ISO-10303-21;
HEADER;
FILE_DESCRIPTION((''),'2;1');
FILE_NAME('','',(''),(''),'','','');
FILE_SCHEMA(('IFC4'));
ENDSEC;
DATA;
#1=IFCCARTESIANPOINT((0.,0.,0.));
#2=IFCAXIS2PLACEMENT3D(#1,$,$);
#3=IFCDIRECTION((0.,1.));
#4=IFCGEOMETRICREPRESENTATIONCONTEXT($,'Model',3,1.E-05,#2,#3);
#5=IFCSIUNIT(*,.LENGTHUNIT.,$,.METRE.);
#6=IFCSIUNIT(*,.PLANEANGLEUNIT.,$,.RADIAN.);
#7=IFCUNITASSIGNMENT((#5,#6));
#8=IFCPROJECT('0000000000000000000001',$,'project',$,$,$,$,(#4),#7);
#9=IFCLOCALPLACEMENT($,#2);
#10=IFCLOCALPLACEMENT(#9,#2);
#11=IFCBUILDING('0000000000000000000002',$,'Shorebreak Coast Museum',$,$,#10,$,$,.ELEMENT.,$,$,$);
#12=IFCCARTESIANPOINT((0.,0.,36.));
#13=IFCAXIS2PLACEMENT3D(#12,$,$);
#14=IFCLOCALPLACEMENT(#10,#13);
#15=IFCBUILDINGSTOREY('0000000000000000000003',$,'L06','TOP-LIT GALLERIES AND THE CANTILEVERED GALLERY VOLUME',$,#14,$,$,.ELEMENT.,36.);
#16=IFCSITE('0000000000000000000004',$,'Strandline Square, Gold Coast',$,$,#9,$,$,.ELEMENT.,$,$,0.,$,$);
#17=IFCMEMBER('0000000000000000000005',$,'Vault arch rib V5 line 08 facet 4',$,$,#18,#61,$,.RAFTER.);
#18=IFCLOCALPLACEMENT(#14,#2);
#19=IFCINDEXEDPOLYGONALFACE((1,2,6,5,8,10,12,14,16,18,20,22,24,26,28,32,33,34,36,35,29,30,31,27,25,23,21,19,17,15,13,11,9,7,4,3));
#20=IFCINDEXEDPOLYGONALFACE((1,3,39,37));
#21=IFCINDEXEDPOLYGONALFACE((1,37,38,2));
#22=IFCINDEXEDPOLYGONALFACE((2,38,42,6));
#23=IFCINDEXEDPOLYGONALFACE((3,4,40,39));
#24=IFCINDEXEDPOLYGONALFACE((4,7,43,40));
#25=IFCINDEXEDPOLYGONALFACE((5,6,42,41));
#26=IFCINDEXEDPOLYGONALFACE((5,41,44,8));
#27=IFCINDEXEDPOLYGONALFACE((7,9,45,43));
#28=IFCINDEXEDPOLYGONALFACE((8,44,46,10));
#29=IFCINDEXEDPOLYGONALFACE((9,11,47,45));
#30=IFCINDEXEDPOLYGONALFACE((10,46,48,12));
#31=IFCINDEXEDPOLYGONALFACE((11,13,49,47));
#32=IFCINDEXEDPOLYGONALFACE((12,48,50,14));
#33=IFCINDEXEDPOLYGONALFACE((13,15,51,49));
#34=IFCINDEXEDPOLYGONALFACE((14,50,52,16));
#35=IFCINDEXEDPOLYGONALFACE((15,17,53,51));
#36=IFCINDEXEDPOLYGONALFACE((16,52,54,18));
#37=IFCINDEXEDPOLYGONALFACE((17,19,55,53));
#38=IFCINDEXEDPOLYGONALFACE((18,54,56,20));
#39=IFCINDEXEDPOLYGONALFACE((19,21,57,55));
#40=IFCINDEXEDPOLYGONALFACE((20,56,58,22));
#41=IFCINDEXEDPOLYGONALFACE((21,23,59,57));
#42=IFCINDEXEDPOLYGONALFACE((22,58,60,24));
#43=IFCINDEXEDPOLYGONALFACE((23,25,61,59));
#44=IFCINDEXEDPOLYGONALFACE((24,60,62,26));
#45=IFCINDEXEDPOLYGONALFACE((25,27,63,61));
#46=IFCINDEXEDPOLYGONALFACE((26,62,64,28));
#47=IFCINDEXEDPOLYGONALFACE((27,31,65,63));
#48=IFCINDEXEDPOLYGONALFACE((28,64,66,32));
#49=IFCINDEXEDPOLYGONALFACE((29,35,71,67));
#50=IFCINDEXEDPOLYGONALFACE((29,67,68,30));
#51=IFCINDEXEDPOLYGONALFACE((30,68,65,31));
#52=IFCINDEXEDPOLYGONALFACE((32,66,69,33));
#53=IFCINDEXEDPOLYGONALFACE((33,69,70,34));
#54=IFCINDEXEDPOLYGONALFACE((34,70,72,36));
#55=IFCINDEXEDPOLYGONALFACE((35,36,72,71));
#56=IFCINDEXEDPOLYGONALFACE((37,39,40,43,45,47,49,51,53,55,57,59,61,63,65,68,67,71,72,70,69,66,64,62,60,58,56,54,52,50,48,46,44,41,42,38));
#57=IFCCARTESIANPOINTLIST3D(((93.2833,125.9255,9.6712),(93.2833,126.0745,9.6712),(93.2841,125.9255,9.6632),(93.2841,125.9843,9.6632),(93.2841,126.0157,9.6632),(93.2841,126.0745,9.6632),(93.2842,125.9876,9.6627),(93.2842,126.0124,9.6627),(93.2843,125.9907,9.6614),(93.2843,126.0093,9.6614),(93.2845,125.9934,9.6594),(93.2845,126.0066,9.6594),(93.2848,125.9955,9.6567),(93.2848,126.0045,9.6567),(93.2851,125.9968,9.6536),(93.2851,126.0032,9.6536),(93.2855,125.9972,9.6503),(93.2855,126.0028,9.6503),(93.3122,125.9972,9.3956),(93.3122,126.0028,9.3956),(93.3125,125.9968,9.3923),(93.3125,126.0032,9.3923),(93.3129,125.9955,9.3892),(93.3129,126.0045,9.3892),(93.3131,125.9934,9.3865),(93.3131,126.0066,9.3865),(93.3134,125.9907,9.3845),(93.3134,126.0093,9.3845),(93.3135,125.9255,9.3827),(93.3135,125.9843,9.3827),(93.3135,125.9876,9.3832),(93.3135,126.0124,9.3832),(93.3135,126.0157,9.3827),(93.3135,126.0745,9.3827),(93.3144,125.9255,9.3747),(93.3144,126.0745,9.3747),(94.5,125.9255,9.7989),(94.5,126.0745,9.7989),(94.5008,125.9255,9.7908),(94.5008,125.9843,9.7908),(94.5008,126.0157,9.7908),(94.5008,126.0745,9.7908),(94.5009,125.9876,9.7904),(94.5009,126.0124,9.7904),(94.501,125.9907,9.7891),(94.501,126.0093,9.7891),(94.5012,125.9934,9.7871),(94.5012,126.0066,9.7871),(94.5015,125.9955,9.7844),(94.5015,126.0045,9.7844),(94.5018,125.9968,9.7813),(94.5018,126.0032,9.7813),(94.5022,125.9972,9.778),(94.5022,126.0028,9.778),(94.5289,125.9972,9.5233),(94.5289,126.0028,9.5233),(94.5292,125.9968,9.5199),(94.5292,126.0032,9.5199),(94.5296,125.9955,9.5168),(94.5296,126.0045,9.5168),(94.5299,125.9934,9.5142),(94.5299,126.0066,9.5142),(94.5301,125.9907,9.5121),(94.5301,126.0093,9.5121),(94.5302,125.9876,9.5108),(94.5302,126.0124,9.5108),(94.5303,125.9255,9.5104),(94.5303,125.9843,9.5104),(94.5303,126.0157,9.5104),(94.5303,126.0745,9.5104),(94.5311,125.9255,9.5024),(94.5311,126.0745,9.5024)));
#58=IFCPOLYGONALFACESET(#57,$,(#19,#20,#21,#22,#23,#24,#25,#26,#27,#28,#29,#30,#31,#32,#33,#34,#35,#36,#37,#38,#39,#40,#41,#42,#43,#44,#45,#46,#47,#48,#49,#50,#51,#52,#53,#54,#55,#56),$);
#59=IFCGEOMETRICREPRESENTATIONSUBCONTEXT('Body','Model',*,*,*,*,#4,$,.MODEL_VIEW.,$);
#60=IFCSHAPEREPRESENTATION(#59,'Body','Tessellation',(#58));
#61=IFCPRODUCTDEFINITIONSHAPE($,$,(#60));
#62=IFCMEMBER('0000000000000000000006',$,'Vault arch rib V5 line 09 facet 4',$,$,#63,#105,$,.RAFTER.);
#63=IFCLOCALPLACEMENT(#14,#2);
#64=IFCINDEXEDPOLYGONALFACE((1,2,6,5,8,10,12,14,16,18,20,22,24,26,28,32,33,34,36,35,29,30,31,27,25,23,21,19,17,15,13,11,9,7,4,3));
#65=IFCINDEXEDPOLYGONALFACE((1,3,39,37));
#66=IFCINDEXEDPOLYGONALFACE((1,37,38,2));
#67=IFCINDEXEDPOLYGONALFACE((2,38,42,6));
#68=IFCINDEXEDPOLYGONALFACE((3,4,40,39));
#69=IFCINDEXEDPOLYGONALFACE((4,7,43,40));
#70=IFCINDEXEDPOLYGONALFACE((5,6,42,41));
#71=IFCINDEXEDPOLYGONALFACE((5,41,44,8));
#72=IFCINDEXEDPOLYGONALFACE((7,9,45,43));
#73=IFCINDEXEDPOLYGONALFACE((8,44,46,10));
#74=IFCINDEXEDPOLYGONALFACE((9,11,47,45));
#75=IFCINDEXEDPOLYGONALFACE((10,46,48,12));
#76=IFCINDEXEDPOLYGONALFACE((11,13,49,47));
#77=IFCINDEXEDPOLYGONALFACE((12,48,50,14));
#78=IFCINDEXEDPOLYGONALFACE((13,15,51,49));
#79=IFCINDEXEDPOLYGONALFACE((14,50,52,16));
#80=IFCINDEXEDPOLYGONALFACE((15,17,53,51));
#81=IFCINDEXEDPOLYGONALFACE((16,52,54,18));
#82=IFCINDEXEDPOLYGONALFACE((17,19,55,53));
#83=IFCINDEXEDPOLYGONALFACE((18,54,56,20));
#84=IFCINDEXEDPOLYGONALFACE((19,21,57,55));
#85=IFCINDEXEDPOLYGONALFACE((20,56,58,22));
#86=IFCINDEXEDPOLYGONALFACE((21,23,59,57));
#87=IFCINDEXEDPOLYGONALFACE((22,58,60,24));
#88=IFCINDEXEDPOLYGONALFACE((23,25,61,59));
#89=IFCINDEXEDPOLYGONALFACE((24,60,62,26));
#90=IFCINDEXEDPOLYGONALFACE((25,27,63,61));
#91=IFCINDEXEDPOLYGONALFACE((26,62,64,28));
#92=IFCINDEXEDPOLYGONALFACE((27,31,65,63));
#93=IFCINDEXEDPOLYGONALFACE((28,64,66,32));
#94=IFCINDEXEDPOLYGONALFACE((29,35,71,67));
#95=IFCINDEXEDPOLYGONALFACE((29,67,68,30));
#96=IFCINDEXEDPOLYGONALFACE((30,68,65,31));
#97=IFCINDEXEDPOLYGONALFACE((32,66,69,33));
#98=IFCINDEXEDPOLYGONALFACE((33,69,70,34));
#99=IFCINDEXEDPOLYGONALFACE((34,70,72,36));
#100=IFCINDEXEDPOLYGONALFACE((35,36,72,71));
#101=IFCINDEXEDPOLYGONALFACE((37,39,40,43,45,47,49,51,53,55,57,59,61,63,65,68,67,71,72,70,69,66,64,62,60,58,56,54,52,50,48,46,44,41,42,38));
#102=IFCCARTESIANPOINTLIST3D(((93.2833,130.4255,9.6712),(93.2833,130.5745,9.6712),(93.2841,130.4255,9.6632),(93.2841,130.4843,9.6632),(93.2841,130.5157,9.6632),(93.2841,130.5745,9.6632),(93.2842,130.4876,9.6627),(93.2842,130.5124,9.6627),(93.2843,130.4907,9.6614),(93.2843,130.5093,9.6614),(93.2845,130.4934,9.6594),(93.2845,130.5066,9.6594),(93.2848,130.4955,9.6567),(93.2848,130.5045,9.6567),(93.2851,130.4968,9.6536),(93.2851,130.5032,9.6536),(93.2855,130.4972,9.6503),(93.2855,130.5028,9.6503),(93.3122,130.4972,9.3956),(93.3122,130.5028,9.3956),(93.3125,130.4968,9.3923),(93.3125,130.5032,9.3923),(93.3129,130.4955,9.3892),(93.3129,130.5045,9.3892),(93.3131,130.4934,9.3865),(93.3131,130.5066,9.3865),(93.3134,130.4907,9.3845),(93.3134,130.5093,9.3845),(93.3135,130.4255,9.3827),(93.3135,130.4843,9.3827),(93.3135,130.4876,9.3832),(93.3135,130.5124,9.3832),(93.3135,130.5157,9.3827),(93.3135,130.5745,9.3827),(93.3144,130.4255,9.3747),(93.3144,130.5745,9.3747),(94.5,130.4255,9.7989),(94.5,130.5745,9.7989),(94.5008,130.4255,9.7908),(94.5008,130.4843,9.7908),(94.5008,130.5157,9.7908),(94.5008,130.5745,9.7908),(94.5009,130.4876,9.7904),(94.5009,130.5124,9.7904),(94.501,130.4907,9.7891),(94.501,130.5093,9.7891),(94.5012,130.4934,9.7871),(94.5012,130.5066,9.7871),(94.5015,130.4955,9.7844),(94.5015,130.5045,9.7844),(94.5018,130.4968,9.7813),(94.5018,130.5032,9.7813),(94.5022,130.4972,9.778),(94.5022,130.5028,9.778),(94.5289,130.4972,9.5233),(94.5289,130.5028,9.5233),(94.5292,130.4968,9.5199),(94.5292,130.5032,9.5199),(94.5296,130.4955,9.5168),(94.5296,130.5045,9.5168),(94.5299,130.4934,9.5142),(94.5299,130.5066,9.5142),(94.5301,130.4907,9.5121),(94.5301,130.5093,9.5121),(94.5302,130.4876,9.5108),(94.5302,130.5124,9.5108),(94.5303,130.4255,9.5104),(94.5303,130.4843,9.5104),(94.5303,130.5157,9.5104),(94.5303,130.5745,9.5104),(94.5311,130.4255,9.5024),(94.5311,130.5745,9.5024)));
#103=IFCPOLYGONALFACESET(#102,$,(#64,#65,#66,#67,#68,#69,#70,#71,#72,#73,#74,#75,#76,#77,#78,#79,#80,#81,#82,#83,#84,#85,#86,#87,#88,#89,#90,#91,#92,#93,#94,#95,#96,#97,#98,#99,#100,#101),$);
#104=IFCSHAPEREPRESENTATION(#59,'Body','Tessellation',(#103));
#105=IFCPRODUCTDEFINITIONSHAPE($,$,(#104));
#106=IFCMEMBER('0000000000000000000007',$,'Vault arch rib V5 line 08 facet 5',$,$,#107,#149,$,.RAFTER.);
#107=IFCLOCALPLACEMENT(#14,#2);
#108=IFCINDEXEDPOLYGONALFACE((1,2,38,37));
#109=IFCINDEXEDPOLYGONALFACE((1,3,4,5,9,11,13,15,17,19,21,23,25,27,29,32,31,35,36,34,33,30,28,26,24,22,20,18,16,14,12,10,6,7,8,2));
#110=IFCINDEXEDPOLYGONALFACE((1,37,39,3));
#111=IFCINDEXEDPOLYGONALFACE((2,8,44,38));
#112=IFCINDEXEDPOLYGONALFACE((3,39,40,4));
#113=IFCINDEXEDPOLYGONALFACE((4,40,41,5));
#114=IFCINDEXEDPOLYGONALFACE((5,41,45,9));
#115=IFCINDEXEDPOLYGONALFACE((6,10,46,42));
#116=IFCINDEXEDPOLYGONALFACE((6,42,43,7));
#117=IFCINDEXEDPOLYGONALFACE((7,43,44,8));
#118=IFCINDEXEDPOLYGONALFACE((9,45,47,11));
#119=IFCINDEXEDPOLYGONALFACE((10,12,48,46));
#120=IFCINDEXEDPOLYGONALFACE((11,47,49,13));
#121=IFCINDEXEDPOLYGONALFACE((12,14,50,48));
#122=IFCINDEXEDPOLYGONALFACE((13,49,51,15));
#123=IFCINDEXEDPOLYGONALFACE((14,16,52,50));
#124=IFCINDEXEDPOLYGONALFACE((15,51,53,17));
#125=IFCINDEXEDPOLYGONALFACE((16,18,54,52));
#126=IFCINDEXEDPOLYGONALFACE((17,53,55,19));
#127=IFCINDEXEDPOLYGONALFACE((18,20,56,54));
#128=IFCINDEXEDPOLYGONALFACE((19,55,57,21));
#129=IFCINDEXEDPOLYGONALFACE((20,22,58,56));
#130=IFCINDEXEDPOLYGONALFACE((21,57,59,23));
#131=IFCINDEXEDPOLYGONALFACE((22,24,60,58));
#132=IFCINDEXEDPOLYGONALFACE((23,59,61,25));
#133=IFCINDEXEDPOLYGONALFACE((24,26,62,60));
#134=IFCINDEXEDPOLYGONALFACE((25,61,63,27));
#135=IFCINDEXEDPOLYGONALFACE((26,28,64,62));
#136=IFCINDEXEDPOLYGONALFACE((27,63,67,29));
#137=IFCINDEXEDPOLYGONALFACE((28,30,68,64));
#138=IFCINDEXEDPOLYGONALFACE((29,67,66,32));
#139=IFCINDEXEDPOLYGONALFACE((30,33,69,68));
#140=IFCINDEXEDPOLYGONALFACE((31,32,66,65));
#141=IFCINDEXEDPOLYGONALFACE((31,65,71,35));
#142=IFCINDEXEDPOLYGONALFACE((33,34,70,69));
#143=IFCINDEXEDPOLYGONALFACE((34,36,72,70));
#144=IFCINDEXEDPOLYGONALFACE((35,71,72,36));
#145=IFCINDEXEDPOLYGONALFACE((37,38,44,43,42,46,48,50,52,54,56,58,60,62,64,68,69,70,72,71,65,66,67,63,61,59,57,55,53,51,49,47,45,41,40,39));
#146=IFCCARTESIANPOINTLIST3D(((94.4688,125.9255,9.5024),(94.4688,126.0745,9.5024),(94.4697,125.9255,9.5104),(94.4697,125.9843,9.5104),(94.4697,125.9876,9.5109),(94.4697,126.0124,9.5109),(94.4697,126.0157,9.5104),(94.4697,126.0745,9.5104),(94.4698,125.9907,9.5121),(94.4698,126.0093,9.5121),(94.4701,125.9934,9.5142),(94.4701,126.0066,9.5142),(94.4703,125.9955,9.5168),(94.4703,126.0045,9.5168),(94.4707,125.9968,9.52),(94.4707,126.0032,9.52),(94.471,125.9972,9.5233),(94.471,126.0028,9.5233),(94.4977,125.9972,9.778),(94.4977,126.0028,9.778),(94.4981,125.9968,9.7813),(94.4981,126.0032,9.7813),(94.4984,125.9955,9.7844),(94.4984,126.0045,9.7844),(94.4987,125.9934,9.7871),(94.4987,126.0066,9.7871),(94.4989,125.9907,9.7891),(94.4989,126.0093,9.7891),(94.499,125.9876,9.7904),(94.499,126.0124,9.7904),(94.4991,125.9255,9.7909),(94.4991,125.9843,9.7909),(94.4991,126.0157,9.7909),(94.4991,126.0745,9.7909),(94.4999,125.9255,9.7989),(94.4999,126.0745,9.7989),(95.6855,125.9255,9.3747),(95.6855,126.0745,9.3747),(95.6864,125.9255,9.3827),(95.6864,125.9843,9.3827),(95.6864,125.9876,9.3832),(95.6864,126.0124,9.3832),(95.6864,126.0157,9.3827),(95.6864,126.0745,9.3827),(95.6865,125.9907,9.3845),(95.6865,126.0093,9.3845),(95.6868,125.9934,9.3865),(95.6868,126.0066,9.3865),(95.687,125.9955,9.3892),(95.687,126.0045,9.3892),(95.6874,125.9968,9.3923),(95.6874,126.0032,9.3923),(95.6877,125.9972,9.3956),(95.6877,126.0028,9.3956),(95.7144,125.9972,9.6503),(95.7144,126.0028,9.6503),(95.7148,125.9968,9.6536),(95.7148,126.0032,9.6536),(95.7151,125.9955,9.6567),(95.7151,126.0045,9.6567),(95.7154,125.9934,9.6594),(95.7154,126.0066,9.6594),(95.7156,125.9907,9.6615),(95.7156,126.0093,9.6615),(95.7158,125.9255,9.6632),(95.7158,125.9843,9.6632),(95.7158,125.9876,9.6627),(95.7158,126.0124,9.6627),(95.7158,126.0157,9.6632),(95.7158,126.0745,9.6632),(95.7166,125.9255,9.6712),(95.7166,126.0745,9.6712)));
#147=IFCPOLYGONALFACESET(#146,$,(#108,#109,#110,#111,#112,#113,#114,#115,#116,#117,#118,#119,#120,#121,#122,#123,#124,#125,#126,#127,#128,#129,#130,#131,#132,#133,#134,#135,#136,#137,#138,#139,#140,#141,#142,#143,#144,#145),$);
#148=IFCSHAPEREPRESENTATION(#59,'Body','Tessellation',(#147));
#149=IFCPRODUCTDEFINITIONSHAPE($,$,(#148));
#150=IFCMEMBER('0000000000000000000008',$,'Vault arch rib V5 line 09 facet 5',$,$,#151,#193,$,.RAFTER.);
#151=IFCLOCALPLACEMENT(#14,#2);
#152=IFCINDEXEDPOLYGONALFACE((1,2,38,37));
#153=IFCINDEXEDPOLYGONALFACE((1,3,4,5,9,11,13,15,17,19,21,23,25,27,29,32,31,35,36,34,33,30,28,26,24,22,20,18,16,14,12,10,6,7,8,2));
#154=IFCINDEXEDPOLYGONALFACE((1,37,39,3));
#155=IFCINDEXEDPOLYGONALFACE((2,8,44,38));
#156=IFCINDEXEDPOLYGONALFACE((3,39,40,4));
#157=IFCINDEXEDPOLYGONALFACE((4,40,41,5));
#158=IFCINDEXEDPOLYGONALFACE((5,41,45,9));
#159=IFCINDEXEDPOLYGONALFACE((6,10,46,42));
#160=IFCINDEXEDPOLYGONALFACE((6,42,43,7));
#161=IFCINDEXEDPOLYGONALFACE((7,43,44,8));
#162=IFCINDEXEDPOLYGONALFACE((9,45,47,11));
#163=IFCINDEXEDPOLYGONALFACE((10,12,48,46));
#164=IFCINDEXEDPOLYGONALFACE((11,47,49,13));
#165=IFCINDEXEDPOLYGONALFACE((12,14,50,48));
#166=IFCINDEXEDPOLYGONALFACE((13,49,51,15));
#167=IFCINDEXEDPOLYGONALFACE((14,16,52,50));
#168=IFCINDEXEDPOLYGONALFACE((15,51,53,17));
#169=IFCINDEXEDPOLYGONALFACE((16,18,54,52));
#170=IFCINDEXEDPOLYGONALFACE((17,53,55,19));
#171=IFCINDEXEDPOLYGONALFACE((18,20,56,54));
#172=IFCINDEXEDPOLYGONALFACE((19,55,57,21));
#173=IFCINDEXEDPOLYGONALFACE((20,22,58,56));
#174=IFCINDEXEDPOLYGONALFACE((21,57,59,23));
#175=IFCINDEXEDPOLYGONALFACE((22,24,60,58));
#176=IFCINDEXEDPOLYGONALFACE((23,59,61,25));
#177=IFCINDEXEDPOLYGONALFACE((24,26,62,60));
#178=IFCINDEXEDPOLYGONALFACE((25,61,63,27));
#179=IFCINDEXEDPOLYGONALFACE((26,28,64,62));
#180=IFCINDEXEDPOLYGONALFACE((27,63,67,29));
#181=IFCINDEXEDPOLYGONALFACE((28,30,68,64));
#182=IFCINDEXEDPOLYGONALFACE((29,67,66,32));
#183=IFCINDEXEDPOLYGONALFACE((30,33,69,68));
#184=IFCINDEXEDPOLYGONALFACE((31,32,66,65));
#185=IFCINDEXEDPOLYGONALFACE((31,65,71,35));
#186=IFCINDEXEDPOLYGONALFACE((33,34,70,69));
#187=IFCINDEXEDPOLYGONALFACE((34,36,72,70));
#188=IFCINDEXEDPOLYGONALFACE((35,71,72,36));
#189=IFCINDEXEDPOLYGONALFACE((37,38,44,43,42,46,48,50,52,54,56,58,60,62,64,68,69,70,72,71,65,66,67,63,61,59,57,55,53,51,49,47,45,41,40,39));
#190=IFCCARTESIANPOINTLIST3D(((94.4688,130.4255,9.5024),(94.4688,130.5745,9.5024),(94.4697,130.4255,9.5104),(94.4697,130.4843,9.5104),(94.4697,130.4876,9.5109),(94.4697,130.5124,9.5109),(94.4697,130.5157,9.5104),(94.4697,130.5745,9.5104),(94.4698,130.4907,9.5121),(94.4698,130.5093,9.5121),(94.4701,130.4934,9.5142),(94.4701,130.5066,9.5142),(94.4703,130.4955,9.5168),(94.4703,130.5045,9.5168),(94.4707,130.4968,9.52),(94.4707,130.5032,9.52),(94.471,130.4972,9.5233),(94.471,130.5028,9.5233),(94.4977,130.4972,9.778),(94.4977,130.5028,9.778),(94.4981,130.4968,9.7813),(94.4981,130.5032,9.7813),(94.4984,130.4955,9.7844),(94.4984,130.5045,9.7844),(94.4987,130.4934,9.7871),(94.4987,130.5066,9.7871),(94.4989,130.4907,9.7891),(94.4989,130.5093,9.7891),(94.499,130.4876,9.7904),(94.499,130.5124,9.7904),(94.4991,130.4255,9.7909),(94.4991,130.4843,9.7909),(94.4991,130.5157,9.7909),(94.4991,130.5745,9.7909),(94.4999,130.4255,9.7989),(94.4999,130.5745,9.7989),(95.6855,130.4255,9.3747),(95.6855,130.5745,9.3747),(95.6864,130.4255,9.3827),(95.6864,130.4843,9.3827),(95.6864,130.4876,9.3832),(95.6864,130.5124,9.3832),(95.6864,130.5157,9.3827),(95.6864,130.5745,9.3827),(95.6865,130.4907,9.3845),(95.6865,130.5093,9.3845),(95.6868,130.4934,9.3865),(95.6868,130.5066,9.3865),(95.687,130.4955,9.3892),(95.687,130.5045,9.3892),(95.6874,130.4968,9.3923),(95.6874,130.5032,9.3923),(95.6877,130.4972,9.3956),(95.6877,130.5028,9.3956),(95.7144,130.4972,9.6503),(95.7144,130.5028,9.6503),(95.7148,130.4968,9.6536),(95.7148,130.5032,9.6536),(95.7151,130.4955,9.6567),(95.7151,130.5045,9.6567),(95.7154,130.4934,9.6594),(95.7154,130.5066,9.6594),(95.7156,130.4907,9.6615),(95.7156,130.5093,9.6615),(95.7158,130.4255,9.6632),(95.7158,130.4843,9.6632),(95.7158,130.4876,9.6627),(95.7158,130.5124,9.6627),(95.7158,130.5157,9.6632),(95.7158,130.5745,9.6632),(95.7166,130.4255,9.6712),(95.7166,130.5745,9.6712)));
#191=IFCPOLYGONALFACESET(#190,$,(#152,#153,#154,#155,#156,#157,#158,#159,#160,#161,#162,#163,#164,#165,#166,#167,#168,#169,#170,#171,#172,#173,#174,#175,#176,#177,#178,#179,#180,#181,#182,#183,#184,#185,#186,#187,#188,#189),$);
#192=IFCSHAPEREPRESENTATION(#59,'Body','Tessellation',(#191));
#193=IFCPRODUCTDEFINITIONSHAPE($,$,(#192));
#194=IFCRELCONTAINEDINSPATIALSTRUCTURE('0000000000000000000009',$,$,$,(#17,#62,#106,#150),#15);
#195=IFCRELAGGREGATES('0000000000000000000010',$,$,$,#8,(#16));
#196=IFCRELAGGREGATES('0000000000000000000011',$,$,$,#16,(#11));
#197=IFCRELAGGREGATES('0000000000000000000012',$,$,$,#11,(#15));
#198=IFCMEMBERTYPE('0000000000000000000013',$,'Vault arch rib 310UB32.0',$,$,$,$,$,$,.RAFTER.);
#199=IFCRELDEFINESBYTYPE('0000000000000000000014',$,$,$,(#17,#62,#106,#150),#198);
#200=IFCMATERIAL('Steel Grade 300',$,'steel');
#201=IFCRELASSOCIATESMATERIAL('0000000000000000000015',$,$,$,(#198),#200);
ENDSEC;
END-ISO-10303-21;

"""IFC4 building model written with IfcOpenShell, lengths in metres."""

from ifc_helpers import new_model, si_unit, direction, frame, origin, origin_2d, place, context, subcontext, project, spatial, i_section, extrude, material, material_profile, profile_set, type_object, element, save


model = new_model("IFC4")

# Units and contexts
model_context = context("Model", 3, precision=1e-05, world=origin(), true_north=direction((0.0, 1.0)))
body_context = subcontext(model_context, "Body", "Model", "MODEL_VIEW")
ifc_project = project(units=[si_unit("LENGTHUNIT", "METRE"), si_unit("PLANEANGLEUNIT", "RADIAN")], contexts=[model_context])

# Site, building, storey
site_placement = place(None, origin())
site = spatial("IfcSite", under=ifc_project, at=site_placement, Name="Strandline Square, Gold Coast", CompositionType="ELEMENT", RefElevation=0.0)
building_placement = place(site_placement, origin())
building = spatial("IfcBuilding", under=site, at=building_placement, Name="Shorebreak Coast Museum", CompositionType="ELEMENT")
storey_placement = place(building_placement, frame((0.0, 0.0, 36.0)))
storey = spatial("IfcBuildingStorey", under=building, at=storey_placement, Name="L06", Description="TOP-LIT GALLERIES AND THE CANTILEVERED GALLERY VOLUME", CompositionType="ELEMENT", Elevation=36.0)

# Members
ifc_material_1 = material(Name="Steel Grade 300", Category="steel")
ifc_material_profile_1 = material_profile(ifc_material_1, i_section(OverallWidth=0.1489, OverallDepth=0.2981, WebThickness=0.0056, FlangeThickness=0.0081, FilletRadius=0.0129, at=origin_2d()), Name="310UB32.0")
ifc_profile_set_1 = profile_set([ifc_material_profile_1], Name="Steel Grade 300")
member_type_1 = type_object("IfcMemberType", Name="Vault arch rib 310UB32.0", PredefinedType="RAFTER", material=ifc_profile_set_1)
for number, where, z_axis, x_axis, name in (
    (1, (93.2988, 126.0, 9.5229), (0.994539, 0.0, 0.104363), (0.0, 1.0, 0.0), "Vault arch rib V5 line 08 facet 4"),
    (2, (93.2988, 130.5, 9.5229), (0.994539, 0.0, 0.104363), (0.0, 1.0, 0.0), "Vault arch rib V5 line 09 facet 4"),
    (3, (94.4844, 126.0, 9.6506), (0.994539, 0.0, -0.104363), (0.0, 1.0, 0.0), "Vault arch rib V5 line 08 facet 5"),
    (4, (94.4844, 130.5, 9.6506), (0.994539, 0.0, -0.104363), (0.0, 1.0, 0.0), "Vault arch rib V5 line 09 facet 5"),
):
    element("IfcMember", number, at=place(storey_placement, frame(where, z_axis=z_axis, x_axis=x_axis)), inside=storey, type_object=member_type_1, Name=name, PredefinedType="RAFTER", context=body_context, shape_type="SweptSolid", body=[
        extrude(i_section(OverallWidth=0.1489, OverallDepth=0.2981, WebThickness=0.0056, FlangeThickness=0.0081, FilletRadius=0.0129, at=origin_2d()), origin(), (0.0, 0.0, 1.0), 1.2234),
    ])

save(model, "model.ifc")
